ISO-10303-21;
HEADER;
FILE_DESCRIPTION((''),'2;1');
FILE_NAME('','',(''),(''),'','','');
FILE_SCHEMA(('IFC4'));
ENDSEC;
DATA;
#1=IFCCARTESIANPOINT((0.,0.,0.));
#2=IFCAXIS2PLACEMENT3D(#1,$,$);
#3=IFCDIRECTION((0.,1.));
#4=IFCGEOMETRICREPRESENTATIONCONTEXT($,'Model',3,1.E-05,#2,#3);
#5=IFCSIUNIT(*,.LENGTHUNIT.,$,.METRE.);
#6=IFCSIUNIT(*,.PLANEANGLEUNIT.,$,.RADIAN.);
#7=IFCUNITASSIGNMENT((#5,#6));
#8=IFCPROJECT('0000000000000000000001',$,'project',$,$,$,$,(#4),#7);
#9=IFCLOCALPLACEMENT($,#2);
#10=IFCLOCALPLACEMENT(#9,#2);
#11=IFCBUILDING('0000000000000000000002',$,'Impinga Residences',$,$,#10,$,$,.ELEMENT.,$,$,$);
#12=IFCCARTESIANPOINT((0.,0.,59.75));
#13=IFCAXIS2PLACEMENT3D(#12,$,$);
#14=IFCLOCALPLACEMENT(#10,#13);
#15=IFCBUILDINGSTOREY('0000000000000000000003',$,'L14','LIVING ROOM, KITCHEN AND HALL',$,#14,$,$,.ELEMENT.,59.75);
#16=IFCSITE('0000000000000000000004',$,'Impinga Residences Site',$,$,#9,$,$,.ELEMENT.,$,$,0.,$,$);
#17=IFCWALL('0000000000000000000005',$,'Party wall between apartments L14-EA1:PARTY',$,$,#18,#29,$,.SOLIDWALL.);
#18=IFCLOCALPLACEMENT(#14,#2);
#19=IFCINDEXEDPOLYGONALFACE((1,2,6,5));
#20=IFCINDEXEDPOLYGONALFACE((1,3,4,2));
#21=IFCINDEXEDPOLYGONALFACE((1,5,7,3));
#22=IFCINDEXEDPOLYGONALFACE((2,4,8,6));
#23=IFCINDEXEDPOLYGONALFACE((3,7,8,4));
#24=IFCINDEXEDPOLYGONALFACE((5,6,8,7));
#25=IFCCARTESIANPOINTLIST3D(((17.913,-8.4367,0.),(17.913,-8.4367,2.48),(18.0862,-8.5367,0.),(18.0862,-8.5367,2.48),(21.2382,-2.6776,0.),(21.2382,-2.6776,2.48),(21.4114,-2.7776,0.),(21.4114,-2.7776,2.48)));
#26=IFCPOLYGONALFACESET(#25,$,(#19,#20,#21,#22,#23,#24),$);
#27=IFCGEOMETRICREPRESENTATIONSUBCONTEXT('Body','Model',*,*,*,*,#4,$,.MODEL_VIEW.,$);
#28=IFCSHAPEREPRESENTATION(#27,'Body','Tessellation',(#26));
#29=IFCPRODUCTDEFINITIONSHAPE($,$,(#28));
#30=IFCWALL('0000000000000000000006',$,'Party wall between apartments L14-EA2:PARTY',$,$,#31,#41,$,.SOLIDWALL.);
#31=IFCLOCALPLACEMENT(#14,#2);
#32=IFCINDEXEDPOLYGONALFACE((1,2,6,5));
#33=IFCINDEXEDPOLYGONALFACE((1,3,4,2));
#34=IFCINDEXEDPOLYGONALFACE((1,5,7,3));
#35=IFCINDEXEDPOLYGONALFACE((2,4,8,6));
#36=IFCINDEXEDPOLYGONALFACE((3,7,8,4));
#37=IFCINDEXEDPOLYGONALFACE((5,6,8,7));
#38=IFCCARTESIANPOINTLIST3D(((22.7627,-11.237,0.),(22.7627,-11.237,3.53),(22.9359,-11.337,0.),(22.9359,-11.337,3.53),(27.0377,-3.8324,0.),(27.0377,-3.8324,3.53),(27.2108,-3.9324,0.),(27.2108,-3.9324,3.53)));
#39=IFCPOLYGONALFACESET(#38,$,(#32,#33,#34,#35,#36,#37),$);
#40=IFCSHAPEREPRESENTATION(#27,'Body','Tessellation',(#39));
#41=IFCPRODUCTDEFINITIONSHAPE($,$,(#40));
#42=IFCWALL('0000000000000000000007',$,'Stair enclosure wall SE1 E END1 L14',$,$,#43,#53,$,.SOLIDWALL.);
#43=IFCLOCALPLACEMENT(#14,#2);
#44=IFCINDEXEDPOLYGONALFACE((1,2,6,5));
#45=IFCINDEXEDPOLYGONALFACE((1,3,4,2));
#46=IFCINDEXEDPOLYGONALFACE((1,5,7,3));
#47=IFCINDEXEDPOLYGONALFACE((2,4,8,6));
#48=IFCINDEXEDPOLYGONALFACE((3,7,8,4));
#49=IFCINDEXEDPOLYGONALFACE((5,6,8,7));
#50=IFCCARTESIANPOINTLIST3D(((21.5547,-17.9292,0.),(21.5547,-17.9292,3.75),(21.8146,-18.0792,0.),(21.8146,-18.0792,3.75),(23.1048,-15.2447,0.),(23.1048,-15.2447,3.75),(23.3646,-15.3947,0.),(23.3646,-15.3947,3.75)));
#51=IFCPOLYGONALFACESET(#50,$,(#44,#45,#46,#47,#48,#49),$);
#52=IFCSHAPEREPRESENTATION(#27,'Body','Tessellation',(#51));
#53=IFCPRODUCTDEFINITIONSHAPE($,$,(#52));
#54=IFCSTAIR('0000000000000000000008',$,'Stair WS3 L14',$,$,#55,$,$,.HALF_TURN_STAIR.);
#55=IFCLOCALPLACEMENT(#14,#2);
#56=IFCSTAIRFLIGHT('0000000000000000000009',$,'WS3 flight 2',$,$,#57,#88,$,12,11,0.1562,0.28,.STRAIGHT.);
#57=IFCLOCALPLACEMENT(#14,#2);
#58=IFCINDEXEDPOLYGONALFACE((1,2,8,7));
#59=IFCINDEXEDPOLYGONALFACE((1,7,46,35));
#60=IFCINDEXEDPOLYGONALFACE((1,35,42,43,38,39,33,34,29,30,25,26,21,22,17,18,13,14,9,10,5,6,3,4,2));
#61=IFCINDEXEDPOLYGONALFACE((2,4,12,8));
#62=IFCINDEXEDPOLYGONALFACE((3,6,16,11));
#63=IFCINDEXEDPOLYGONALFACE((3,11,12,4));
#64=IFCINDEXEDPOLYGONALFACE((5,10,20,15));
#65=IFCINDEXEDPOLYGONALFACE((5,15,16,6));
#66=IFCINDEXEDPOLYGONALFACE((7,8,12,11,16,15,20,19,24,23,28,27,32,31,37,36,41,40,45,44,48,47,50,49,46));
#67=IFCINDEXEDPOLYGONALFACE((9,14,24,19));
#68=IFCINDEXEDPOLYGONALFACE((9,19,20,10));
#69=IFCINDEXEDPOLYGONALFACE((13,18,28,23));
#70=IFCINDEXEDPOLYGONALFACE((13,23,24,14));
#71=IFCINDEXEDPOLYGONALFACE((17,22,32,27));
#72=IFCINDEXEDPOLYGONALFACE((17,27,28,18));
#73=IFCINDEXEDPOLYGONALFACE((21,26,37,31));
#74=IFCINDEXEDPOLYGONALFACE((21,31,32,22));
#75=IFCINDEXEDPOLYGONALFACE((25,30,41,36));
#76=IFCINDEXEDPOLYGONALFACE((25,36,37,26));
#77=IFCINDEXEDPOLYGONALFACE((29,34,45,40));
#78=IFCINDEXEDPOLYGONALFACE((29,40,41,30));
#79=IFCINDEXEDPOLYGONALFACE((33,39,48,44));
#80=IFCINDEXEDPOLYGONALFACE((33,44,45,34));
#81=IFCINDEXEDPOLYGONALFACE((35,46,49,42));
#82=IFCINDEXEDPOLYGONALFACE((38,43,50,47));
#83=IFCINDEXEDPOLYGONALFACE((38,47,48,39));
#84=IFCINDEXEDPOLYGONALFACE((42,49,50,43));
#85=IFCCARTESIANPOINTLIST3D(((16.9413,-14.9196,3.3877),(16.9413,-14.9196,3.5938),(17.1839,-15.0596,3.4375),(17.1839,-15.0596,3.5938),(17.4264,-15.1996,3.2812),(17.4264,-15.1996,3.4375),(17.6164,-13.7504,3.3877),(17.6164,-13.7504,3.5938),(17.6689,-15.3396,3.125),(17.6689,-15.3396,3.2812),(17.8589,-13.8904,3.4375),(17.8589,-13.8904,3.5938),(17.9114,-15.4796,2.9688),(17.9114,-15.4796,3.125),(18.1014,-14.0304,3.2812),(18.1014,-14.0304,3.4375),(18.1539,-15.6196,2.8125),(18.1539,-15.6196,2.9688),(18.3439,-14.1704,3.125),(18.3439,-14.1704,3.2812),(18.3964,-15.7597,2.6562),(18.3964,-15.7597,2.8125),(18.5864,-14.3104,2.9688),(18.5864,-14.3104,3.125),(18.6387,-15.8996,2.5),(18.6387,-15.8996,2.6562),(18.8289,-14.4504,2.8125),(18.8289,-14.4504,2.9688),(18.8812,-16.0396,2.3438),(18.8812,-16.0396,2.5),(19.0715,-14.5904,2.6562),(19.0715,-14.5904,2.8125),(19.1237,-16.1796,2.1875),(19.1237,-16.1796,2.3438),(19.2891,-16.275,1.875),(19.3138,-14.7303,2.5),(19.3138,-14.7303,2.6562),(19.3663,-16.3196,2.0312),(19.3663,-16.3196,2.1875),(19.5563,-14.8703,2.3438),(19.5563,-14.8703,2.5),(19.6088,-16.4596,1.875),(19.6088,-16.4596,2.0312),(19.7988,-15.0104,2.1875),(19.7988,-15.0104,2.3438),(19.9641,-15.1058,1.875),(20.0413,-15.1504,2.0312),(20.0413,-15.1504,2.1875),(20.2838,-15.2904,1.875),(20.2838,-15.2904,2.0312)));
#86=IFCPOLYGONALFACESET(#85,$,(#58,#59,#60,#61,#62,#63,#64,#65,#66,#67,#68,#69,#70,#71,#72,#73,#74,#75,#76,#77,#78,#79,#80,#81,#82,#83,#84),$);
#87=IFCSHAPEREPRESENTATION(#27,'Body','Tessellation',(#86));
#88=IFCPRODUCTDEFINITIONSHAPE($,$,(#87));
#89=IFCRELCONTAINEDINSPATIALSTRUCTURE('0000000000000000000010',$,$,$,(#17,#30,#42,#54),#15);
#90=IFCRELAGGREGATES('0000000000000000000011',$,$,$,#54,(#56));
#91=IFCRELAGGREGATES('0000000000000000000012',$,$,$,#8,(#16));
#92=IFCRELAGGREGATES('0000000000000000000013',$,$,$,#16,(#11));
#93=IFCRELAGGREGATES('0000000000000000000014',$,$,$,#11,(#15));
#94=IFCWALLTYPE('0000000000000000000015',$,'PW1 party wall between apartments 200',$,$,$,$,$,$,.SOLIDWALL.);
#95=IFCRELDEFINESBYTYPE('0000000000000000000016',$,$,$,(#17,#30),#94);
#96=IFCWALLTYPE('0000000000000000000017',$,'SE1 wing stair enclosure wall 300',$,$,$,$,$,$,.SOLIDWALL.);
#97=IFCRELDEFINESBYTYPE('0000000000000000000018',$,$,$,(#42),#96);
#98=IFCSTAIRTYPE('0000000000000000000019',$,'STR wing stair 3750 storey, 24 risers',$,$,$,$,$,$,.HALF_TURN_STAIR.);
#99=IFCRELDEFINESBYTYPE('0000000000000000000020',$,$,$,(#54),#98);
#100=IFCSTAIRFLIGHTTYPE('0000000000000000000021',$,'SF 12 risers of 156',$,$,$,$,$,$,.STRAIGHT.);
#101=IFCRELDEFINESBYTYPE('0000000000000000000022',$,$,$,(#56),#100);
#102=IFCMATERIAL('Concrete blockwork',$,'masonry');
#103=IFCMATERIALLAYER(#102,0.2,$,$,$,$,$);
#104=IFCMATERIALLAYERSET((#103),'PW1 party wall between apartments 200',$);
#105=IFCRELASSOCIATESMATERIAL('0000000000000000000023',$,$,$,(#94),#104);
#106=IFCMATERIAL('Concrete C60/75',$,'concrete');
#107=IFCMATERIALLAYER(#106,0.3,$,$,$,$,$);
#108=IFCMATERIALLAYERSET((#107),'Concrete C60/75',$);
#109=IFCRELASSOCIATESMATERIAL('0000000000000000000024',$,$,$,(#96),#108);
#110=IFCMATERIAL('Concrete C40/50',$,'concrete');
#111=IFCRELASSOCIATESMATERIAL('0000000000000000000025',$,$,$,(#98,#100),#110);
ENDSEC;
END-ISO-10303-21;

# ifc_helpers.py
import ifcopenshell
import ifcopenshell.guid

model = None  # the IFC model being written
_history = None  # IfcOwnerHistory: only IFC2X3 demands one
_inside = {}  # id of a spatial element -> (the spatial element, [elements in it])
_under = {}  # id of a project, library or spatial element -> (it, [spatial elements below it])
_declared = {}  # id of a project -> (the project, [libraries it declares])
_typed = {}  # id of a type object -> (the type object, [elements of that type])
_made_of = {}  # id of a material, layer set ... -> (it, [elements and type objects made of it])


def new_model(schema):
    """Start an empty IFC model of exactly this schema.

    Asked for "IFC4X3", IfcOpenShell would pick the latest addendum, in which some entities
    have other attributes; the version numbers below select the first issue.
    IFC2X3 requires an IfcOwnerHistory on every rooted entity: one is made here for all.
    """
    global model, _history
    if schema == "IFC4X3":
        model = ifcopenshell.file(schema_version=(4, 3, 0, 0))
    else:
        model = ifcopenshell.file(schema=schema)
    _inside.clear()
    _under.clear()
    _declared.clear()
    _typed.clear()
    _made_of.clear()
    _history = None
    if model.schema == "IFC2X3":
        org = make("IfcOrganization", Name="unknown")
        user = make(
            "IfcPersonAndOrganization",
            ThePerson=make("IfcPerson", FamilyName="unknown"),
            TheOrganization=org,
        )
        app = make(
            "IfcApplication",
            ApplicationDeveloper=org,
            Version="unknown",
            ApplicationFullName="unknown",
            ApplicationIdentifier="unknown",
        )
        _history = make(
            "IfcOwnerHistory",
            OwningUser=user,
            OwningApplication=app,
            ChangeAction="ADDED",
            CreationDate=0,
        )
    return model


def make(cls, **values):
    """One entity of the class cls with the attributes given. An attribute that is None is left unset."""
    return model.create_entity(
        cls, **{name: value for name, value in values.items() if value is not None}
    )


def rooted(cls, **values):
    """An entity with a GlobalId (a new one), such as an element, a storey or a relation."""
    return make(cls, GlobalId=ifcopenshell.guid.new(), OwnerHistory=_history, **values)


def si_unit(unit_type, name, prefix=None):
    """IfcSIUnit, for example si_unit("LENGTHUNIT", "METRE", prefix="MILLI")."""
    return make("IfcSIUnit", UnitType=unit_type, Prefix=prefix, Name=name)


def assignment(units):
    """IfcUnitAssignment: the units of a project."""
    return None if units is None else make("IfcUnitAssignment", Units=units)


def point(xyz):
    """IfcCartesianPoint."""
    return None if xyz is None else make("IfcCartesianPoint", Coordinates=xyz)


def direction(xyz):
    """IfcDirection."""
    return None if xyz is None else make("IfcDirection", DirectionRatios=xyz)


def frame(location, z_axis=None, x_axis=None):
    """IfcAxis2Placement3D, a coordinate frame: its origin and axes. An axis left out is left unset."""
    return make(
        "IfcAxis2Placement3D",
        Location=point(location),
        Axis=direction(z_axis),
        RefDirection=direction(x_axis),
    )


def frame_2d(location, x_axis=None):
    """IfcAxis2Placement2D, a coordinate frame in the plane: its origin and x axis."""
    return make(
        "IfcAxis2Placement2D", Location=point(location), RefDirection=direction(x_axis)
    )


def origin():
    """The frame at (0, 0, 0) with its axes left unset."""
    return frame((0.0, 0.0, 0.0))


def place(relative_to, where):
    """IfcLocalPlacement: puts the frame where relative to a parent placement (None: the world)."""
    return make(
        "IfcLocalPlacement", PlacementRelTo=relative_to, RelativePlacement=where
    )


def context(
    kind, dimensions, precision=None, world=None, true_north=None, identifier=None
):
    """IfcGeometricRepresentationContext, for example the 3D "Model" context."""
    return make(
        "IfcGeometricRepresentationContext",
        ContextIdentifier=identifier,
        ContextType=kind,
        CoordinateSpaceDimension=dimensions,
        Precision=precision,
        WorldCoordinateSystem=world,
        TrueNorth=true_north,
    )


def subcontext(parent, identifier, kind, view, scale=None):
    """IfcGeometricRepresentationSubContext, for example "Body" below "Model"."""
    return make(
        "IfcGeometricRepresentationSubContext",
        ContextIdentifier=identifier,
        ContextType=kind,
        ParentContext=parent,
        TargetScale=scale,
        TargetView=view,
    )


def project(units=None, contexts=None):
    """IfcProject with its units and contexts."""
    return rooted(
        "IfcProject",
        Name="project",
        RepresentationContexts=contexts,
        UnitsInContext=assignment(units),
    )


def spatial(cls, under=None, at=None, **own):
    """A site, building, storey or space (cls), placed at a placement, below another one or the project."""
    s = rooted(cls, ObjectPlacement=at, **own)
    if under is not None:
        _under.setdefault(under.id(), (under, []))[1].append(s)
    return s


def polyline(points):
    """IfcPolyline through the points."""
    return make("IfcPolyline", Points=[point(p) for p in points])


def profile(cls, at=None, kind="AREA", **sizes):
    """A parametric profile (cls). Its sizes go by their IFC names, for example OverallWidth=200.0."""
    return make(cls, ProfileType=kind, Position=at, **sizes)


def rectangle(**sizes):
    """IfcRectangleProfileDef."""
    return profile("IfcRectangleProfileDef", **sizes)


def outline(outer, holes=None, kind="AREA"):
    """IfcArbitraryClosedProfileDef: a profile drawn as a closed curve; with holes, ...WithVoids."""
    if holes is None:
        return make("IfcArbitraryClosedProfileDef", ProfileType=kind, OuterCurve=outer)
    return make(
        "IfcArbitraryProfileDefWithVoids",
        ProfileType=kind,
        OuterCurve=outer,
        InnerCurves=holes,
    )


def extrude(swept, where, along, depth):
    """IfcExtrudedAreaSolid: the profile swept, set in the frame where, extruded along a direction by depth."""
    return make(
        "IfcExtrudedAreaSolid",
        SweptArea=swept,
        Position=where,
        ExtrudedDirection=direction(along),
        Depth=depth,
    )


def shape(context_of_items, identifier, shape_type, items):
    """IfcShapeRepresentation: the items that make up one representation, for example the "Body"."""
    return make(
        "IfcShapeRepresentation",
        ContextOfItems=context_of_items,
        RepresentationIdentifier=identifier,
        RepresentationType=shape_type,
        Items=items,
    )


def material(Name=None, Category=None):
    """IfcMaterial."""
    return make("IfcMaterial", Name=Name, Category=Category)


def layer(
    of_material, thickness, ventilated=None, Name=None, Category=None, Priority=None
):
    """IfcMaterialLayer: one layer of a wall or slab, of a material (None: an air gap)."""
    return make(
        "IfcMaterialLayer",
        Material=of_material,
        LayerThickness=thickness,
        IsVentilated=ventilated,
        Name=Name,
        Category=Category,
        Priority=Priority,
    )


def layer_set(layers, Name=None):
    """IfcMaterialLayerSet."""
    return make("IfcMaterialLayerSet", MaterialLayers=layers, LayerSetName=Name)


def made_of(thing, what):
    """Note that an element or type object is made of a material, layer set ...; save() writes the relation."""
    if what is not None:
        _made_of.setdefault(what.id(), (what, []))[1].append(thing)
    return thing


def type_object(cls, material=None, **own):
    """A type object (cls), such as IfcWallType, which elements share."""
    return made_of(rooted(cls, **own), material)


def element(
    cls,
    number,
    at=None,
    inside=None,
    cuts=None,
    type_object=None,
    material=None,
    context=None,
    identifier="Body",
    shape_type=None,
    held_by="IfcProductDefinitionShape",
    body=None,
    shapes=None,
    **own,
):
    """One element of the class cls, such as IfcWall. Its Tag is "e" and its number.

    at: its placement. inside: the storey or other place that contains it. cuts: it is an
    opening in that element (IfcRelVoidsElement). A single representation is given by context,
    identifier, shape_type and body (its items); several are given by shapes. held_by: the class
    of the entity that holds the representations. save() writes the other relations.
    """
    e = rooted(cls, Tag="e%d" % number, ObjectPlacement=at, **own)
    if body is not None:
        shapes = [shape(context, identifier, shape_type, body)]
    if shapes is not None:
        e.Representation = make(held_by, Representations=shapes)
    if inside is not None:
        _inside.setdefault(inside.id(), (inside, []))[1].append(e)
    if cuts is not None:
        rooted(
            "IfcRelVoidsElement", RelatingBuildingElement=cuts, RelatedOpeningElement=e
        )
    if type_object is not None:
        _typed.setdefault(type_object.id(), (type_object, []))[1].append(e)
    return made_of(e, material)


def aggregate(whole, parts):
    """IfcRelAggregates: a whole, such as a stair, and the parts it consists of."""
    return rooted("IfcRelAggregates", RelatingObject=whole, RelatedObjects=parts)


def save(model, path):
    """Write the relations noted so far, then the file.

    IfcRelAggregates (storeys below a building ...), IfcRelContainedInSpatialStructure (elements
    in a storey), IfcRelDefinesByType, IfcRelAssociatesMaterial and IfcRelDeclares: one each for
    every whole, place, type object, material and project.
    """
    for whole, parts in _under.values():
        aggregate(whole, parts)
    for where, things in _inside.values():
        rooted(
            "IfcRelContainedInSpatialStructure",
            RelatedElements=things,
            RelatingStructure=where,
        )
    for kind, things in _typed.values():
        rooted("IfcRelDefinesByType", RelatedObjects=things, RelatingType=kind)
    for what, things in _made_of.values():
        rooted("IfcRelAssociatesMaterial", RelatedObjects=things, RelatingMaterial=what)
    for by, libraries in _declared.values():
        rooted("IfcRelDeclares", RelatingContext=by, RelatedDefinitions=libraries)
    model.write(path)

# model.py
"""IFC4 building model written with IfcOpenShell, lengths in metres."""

from ifc_helpers import new_model, si_unit, direction, frame, frame_2d, origin, place, context, subcontext, project, spatial, polyline, rectangle, outline, extrude, material, layer, layer_set, type_object, element, aggregate, save


model = new_model("IFC4")

# Units and contexts
model_context = context("Model", 3, precision=1e-05, world=origin(), true_north=direction((0.0, 1.0)))
body_context = subcontext(model_context, "Body", "Model", "MODEL_VIEW")
ifc_project = project(units=[si_unit("LENGTHUNIT", "METRE"), si_unit("PLANEANGLEUNIT", "RADIAN")], contexts=[model_context])

# Site, building, storey
site_placement = place(None, origin())
site = spatial("IfcSite", under=ifc_project, at=site_placement, Name="Impinga Residences Site", CompositionType="ELEMENT", RefElevation=0.0)
building_placement = place(site_placement, origin())
building = spatial("IfcBuilding", under=site, at=building_placement, Name="Impinga Residences", CompositionType="ELEMENT")
storey_placement = place(building_placement, frame((0.0, 0.0, 59.75)))
storey = spatial("IfcBuildingStorey", under=building, at=storey_placement, Name="L14", Description="LIVING ROOM, KITCHEN AND HALL", CompositionType="ELEMENT", Elevation=59.75)

# Shared definitions
ifc_material_1 = material(Name="Concrete C60/75", Category="concrete")

# Walls
ifc_material_2 = material(Name="Concrete blockwork", Category="masonry")
ifc_layer_1 = layer(ifc_material_2, 0.2)
ifc_layer_set_1 = layer_set([ifc_layer_1], Name="PW1 party wall between apartments 200")
wall_type_1 = type_object("IfcWallType", Name="PW1 party wall between apartments 200", PredefinedType="SOLIDWALL", material=ifc_layer_set_1)
wall_1_placement = place(storey_placement, frame((17.9995, -8.4868, 0.0), z_axis=(0.0, 0.0, 1.0), x_axis=(0.500024, 0.866011, 0.0)))
element("IfcWall", 1, at=wall_1_placement, inside=storey, type_object=wall_type_1, Name="Party wall between apartments L14-EA1:PARTY", PredefinedType="SOLIDWALL", context=body_context, shape_type="SweptSolid", body=[
    extrude(rectangle(XDim=6.6501, YDim=0.2, at=frame_2d((3.3252, 0.0))), origin(), (0.0, 0.0, 1.0), 2.48),
])
wall_2_placement = place(storey_placement, frame((22.8494, -11.2869, 0.0), z_axis=(0.0, 0.0, 1.0), x_axis=(0.49999, 0.866031, 0.0)))
element("IfcWall", 2, at=wall_2_placement, inside=storey, type_object=wall_type_1, Name="Party wall between apartments L14-EA2:PARTY", PredefinedType="SOLIDWALL", context=body_context, shape_type="SweptSolid", body=[
    extrude(rectangle(XDim=8.55, YDim=0.2, at=frame_2d((4.2749, 0.0))), origin(), (0.0, 0.0, 1.0), 3.53),
])
ifc_layer_2 = layer(ifc_material_1, 0.3)
ifc_layer_set_2 = layer_set([ifc_layer_2], Name="Concrete C60/75")
wall_type_2 = type_object("IfcWallType", Name="SE1 wing stair enclosure wall 300", PredefinedType="SOLIDWALL", material=ifc_layer_set_2)
wall_3_placement = place(storey_placement, frame((23.2346, -15.3198, 0.0), z_axis=(0.0, 0.0, 1.0), x_axis=(-0.500027, -0.86601, 0.0)))
element("IfcWall", 3, at=wall_3_placement, inside=storey, type_object=wall_type_2, Name="Stair enclosure wall SE1 E END1 L14", PredefinedType="SOLIDWALL", context=body_context, shape_type="SweptSolid", body=[
    extrude(rectangle(XDim=3.0999, YDim=0.3, at=frame_2d((1.5498, 0.0))), origin(), (0.0, 0.0, 1.0), 3.75),
])

# Stair, stair flight
ifc_material_3 = material(Name="Concrete C40/50", Category="concrete")
stair_type = type_object("IfcStairType", Name="STR wing stair 3750 storey, 24 risers", PredefinedType="HALF_TURN_STAIR", material=ifc_material_3)
stair_placement = place(storey_placement, origin())
stair = element("IfcStair", 4, at=stair_placement, inside=storey, type_object=stair_type, Name="Stair WS3 L14", PredefinedType="HALF_TURN_STAIR")
stair_flight_type = type_object("IfcStairFlightType", Name="SF 12 risers of 156", PredefinedType="STRAIGHT", material=ifc_material_3)
stair_flight_placement = place(storey_placement, frame((19.9463, -15.875, 1.875), z_axis=(0.0, 0.0, 1.0), x_axis=(-0.866025, 0.5, 0.0)))
stair_flight = element("IfcStairFlight", 5, at=stair_flight_placement, type_object=stair_flight_type, Name="WS3 flight 2", NumberOfRisers=12, NumberOfTreads=11, PredefinedType="STRAIGHT", RiserHeight=0.1562, TreadLength=0.28, context=body_context, shape_type="SweptSolid", body=[
    extrude(outline(polyline([(0.0, 0.0), (0.0, 0.1562), (0.28, 0.1562), (0.28, 0.3125), (0.5601, 0.3125), (0.5601, 0.4688), (0.8401, 0.4688), (0.8401, 0.625), (1.1201, 0.625), (1.1201, 0.7812), (1.3999, 0.7812), (1.3999, 0.9375), (1.6799, 0.9375), (1.6799, 1.0938), (1.96, 1.0938), (1.96, 1.25), (2.24, 1.25), (2.24, 1.4062), (2.52, 1.4062), (2.52, 1.5625), (2.8, 1.5625), (2.8, 1.7188), (3.0801, 1.7188), (3.0801, 1.875), (3.0801, 1.5127), (0.3691, 0.0), (0.0, 0.0)])), frame((0.0, 0.675, 0.0), z_axis=(0.0, -1.0, 0.0), x_axis=(1.0, 0.0, 0.0)), (0.0, 0.0, 1.0), 1.3501),
])
aggregate(stair, [stair_flight])

save(model, "model.ifc")
